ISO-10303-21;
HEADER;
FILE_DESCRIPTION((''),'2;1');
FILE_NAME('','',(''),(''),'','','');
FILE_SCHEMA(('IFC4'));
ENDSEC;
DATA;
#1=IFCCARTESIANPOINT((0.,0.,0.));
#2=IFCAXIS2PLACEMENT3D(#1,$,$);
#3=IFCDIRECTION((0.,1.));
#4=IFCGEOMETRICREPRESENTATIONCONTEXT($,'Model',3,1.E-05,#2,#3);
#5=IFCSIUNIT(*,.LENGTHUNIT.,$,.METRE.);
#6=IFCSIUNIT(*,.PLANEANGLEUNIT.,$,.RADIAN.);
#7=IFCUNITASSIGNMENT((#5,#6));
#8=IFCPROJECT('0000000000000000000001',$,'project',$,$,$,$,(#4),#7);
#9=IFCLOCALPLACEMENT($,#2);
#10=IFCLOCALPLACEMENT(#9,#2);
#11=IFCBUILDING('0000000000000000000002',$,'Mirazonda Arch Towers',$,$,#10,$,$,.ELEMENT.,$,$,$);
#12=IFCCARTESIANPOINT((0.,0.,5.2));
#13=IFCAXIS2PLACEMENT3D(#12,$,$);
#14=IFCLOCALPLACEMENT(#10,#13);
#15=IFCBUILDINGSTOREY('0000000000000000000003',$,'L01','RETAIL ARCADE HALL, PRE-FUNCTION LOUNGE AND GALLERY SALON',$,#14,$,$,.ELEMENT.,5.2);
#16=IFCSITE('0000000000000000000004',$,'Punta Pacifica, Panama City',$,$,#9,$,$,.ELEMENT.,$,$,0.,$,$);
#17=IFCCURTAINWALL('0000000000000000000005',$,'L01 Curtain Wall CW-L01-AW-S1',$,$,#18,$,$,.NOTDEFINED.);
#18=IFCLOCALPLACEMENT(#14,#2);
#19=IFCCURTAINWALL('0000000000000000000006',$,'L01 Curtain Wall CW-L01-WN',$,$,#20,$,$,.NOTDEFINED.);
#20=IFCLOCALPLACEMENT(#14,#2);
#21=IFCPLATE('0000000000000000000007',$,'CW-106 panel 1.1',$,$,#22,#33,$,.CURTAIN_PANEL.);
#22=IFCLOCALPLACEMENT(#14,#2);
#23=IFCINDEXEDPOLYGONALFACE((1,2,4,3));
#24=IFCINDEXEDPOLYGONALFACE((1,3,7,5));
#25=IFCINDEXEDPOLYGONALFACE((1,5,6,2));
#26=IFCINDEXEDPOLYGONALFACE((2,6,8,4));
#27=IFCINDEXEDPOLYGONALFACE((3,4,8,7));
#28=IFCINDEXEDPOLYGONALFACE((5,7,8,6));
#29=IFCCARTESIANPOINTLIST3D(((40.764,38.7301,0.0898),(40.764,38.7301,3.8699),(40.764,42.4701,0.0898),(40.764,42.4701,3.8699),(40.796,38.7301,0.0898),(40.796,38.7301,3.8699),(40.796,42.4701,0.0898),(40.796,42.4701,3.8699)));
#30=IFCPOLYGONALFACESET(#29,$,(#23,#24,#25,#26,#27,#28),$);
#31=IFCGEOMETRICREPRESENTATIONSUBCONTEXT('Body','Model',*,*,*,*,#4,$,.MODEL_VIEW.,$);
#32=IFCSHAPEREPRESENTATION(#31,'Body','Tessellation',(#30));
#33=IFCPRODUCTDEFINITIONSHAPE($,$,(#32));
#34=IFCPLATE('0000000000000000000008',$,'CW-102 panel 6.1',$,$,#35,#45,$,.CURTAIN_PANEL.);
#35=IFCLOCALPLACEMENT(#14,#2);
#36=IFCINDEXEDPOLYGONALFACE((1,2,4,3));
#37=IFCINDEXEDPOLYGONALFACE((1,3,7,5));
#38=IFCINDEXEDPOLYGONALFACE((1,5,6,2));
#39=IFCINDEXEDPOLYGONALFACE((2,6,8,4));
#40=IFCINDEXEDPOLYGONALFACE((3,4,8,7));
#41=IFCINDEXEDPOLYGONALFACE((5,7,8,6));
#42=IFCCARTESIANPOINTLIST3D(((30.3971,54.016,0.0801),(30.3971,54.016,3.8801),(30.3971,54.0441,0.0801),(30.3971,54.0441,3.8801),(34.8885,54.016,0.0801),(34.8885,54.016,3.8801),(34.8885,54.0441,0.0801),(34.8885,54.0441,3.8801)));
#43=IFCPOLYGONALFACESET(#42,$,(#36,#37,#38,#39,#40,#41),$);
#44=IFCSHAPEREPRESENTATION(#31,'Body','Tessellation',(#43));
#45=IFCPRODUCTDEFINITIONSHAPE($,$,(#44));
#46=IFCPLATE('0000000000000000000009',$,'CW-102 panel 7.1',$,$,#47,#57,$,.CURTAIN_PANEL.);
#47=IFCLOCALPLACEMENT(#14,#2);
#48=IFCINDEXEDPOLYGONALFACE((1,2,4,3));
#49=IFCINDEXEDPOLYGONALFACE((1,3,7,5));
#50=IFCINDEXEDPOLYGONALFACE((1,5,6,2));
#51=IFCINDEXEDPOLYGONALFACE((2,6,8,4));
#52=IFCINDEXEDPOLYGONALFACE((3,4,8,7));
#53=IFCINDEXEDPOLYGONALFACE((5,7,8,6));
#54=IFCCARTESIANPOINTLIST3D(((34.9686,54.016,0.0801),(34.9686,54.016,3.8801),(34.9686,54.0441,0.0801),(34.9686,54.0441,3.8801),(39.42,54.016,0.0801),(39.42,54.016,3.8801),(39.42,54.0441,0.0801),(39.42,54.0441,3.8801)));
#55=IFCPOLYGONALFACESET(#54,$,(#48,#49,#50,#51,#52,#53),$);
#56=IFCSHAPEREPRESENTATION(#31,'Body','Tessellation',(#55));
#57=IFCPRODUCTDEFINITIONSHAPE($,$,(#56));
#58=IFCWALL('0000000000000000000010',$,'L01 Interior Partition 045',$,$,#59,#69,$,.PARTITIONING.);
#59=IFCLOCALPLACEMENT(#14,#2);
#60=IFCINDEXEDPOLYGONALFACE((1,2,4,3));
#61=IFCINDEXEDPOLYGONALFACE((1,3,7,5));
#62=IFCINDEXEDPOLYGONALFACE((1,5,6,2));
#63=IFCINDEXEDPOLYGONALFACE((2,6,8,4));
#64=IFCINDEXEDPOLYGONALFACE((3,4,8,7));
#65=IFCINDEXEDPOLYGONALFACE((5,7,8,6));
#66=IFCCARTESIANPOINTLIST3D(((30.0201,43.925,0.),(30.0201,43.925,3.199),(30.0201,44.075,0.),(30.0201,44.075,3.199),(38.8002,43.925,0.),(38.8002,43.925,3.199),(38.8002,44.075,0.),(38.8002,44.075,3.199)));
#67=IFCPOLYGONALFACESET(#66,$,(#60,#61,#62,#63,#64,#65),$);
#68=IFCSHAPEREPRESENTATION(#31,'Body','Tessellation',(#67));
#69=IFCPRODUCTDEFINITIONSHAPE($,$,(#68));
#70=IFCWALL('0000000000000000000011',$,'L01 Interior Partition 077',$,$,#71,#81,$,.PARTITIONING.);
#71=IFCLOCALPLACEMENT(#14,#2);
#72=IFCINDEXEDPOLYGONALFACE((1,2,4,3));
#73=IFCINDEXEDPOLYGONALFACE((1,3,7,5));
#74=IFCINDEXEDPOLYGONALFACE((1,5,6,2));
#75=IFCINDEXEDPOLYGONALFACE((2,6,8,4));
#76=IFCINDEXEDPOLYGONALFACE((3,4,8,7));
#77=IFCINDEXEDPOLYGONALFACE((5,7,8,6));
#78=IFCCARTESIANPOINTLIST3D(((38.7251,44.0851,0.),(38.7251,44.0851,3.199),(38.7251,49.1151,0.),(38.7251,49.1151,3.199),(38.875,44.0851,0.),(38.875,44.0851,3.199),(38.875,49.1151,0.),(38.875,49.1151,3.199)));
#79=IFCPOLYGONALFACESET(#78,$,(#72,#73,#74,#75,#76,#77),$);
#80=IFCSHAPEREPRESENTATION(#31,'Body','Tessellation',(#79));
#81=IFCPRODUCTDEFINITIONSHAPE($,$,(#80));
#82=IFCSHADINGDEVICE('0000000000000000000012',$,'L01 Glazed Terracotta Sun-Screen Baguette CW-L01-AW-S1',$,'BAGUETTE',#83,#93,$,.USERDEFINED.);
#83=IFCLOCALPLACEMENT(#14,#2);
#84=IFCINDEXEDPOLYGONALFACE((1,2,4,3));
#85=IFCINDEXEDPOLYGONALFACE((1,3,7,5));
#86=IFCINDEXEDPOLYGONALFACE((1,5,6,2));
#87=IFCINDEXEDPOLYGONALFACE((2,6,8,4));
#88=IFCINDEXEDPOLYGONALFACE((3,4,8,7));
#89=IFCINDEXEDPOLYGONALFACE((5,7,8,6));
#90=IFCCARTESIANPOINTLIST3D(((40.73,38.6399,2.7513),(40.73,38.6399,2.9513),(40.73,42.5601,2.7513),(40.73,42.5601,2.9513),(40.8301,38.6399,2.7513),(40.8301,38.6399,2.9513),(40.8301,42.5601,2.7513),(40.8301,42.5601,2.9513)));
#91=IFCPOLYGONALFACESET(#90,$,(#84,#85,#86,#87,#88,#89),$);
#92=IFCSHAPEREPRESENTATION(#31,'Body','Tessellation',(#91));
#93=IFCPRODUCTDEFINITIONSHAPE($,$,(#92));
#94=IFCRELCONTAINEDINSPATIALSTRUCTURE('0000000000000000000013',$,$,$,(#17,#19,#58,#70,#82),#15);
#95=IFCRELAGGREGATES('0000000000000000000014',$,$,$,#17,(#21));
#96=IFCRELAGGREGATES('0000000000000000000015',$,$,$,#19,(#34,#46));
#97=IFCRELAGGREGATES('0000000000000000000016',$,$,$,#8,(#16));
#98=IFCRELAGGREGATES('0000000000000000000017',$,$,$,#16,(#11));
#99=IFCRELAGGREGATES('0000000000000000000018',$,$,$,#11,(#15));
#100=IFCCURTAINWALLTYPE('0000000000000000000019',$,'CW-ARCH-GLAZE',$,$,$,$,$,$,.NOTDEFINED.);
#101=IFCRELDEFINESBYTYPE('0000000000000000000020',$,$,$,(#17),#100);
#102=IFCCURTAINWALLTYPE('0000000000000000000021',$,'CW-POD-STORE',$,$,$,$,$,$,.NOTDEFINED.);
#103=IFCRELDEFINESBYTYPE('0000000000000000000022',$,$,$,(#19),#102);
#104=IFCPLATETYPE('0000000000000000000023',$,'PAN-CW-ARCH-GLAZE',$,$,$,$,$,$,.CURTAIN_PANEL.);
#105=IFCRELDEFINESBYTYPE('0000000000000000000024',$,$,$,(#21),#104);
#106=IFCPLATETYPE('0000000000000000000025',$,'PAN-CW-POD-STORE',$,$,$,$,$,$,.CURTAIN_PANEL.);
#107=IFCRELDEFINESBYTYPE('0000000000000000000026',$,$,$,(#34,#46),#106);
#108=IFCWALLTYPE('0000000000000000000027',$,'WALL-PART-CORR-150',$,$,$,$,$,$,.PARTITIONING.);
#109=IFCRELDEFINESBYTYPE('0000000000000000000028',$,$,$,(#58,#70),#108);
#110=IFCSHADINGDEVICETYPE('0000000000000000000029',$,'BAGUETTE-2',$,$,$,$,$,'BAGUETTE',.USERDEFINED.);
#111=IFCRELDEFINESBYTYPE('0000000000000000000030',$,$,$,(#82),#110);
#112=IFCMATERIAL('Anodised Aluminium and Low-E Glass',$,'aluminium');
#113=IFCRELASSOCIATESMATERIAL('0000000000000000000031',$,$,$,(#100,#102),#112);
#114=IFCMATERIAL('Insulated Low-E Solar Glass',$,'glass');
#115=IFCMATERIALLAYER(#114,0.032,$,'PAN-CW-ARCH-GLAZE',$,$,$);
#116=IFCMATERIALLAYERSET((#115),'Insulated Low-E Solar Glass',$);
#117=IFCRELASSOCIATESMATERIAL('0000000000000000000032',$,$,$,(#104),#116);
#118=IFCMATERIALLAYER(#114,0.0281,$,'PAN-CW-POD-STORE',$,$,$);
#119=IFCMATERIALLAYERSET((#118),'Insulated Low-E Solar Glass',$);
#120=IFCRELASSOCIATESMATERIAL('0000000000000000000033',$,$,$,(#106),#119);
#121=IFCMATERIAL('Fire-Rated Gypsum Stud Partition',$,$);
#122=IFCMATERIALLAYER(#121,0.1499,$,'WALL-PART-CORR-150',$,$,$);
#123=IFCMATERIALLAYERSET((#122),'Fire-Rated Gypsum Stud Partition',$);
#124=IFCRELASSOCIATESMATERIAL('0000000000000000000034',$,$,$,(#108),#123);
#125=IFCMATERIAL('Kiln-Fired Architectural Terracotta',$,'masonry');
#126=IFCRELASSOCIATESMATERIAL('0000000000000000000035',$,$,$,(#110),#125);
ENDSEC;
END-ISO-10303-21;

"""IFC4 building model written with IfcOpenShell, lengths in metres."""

from ifc_helpers import new_model, si_unit, direction, frame, frame_2d, origin, origin_2d, place, context, subcontext, project, spatial, rectangle, extrude, material, layer, layer_set, material_profile, profile_set, type_object, element, aggregate, save


model = new_model("IFC4")

# Units and contexts
model_context = context("Model", 3, precision=1e-05, world=origin(), true_north=direction((0.0, 1.0)))
body_context = subcontext(model_context, "Body", "Model", "MODEL_VIEW")
ifc_project = project(units=[si_unit("LENGTHUNIT", "METRE"), si_unit("PLANEANGLEUNIT", "RADIAN")], contexts=[model_context])

# Site, building, storey
site_placement = place(None, origin())
site = spatial("IfcSite", under=ifc_project, at=site_placement, Name="Punta Pacifica, Panama City", CompositionType="ELEMENT", RefElevation=0.0)
building_placement = place(site_placement, origin())
building = spatial("IfcBuilding", under=site, at=building_placement, Name="Mirazonda Arch Towers", CompositionType="ELEMENT")
storey_placement = place(building_placement, frame((0.0, 0.0, 5.2)))
storey = spatial("IfcBuildingStorey", under=building, at=storey_placement, Name="L01", Description="RETAIL ARCADE HALL, PRE-FUNCTION LOUNGE AND GALLERY SALON", CompositionType="ELEMENT", Elevation=5.2)

# Curtain wall
ifc_material_1 = material(Name="Anodised Aluminium and Low-E Glass", Category="aluminium")
curtain_wall_type_1 = type_object("IfcCurtainWallType", Name="CW-ARCH-GLAZE", PredefinedType="NOTDEFINED", material=ifc_material_1)
curtain_wall_1_placement = place(storey_placement, origin())
curtain_wall_1 = element("IfcCurtainWall", 1, at=curtain_wall_1_placement, inside=storey, type_object=curtain_wall_type_1, Name="L01 Curtain Wall CW-L01-AW-S1", PredefinedType="NOTDEFINED")

# Curtain wall
curtain_wall_type_2 = type_object("IfcCurtainWallType", Name="CW-POD-STORE", PredefinedType="NOTDEFINED", material=ifc_material_1)
curtain_wall_2_placement = place(storey_placement, origin())
curtain_wall_2 = element("IfcCurtainWall", 2, at=curtain_wall_2_placement, inside=storey, type_object=curtain_wall_type_2, Name="L01 Curtain Wall CW-L01-WN", PredefinedType="NOTDEFINED")

# Plates
ifc_material_2 = material(Name="Insulated Low-E Solar Glass", Category="glass")
ifc_layer_1 = layer(ifc_material_2, 0.032, Name="PAN-CW-ARCH-GLAZE")
ifc_layer_set_1 = layer_set([ifc_layer_1], Name="Insulated Low-E Solar Glass")
plate_type_1 = type_object("IfcPlateType", Name="PAN-CW-ARCH-GLAZE", PredefinedType="CURTAIN_PANEL", material=ifc_layer_set_1)
plate_1_placement = place(storey_placement, frame((40.78, 40.6001, 0.0898), z_axis=(0.0, 0.0, 1.0), x_axis=(0.0, -1.0, 0.0)))
plate_1 = element("IfcPlate", 3, at=plate_1_placement, type_object=plate_type_1, Name="CW-106 panel 1.1", PredefinedType="CURTAIN_PANEL", context=body_context, shape_type="SweptSolid", body=[
    extrude(rectangle(XDim=3.74, YDim=0.032, at=origin_2d()), origin(), (0.0, 0.0, 1.0), 3.78),
])
aggregate(curtain_wall_1, [plate_1])
ifc_layer_2 = layer(ifc_material_2, 0.0281, Name="PAN-CW-POD-STORE")
ifc_layer_set_2 = layer_set([ifc_layer_2], Name="Insulated Low-E Solar Glass")
plate_type_2 = type_object("IfcPlateType", Name="PAN-CW-POD-STORE", PredefinedType="CURTAIN_PANEL", material=ifc_layer_set_2)
plate_2_placement = place(storey_placement, frame((32.6428, 54.03, 0.0801), z_axis=(0.0, 0.0, 1.0), x_axis=(1.0, 0.0, 0.0)))
plate_2 = element("IfcPlate", 4, at=plate_2_placement, type_object=plate_type_2, Name="CW-102 panel 6.1", PredefinedType="CURTAIN_PANEL", context=body_context, shape_type="SweptSolid", body=[
    extrude(rectangle(XDim=4.4915, YDim=0.0281, at=origin_2d()), origin(), (0.0, 0.0, 1.0), 3.8),
])
plate_3_placement = place(storey_placement, frame((37.1943, 54.03, 0.0801), z_axis=(0.0, 0.0, 1.0), x_axis=(1.0, 0.0, 0.0)))
plate_3 = element("IfcPlate", 5, at=plate_3_placement, type_object=plate_type_2, Name="CW-102 panel 7.1", PredefinedType="CURTAIN_PANEL", context=body_context, shape_type="SweptSolid", body=[
    extrude(rectangle(XDim=4.4514, YDim=0.0281, at=origin_2d()), origin(), (0.0, 0.0, 1.0), 3.8),
])
aggregate(curtain_wall_2, [plate_2, plate_3])

# Walls
ifc_material_3 = material(Name="Fire-Rated Gypsum Stud Partition")
ifc_layer_3 = layer(ifc_material_3, 0.1499, Name="WALL-PART-CORR-150")
ifc_layer_set_3 = layer_set([ifc_layer_3], Name="Fire-Rated Gypsum Stud Partition")
wall_type = type_object("IfcWallType", Name="WALL-PART-CORR-150", PredefinedType="PARTITIONING", material=ifc_layer_set_3)
wall_1_placement = place(storey_placement, frame((30.02, 44.0, 0.0), z_axis=(0.0, 0.0, 1.0), x_axis=(1.0, 0.0, 0.0)))
element("IfcWall", 6, at=wall_1_placement, inside=storey, type_object=wall_type, Name="L01 Interior Partition 045", PredefinedType="PARTITIONING", context=body_context, shape_type="SweptSolid", body=[
    extrude(rectangle(XDim=8.78, YDim=0.1499, at=frame_2d((4.3901, 0.0))), origin(), (0.0, 0.0, 1.0), 3.199),
])
wall_2_placement = place(storey_placement, frame((38.8, 44.085, 0.0), z_axis=(0.0, 0.0, 1.0), x_axis=(0.0, 1.0, 0.0)))
element("IfcWall", 7, at=wall_2_placement, inside=storey, type_object=wall_type, Name="L01 Interior Partition 077", PredefinedType="PARTITIONING", context=body_context, shape_type="SweptSolid", body=[
    extrude(rectangle(XDim=5.03, YDim=0.1499, at=frame_2d((2.5151, 0.0))), origin(), (0.0, 0.0, 1.0), 3.199),
])

# Shading device
ifc_material_4 = material(Name="Kiln-Fired Architectural Terracotta", Category="masonry")
ifc_material_profile_1 = material_profile(ifc_material_4, rectangle(XDim=0.1001, YDim=0.2, at=origin_2d()), Name="TERRA-BAG-100x200")
ifc_profile_set_1 = profile_set([ifc_material_profile_1], Name="Kiln-Fired Architectural Terracotta")
shading_device_type = type_object("IfcShadingDeviceType", Name="BAGUETTE-2", ElementType="BAGUETTE", PredefinedType="USERDEFINED", material=ifc_profile_set_1)
shading_device_placement = place(storey_placement, frame((40.78, 42.5601, 2.8513), z_axis=(0.0, -1.0, 0.0), x_axis=(1.0, 0.0, 0.0)))
element("IfcShadingDevice", 8, at=shading_device_placement, inside=storey, type_object=shading_device_type, Name="L01 Glazed Terracotta Sun-Screen Baguette CW-L01-AW-S1", ObjectType="BAGUETTE", PredefinedType="USERDEFINED", context=body_context, shape_type="SweptSolid", body=[
    extrude(rectangle(XDim=0.1001, YDim=0.2, at=origin_2d()), origin(), (0.0, 0.0, 1.0), 3.9202),
])

save(model, "model.ifc")
